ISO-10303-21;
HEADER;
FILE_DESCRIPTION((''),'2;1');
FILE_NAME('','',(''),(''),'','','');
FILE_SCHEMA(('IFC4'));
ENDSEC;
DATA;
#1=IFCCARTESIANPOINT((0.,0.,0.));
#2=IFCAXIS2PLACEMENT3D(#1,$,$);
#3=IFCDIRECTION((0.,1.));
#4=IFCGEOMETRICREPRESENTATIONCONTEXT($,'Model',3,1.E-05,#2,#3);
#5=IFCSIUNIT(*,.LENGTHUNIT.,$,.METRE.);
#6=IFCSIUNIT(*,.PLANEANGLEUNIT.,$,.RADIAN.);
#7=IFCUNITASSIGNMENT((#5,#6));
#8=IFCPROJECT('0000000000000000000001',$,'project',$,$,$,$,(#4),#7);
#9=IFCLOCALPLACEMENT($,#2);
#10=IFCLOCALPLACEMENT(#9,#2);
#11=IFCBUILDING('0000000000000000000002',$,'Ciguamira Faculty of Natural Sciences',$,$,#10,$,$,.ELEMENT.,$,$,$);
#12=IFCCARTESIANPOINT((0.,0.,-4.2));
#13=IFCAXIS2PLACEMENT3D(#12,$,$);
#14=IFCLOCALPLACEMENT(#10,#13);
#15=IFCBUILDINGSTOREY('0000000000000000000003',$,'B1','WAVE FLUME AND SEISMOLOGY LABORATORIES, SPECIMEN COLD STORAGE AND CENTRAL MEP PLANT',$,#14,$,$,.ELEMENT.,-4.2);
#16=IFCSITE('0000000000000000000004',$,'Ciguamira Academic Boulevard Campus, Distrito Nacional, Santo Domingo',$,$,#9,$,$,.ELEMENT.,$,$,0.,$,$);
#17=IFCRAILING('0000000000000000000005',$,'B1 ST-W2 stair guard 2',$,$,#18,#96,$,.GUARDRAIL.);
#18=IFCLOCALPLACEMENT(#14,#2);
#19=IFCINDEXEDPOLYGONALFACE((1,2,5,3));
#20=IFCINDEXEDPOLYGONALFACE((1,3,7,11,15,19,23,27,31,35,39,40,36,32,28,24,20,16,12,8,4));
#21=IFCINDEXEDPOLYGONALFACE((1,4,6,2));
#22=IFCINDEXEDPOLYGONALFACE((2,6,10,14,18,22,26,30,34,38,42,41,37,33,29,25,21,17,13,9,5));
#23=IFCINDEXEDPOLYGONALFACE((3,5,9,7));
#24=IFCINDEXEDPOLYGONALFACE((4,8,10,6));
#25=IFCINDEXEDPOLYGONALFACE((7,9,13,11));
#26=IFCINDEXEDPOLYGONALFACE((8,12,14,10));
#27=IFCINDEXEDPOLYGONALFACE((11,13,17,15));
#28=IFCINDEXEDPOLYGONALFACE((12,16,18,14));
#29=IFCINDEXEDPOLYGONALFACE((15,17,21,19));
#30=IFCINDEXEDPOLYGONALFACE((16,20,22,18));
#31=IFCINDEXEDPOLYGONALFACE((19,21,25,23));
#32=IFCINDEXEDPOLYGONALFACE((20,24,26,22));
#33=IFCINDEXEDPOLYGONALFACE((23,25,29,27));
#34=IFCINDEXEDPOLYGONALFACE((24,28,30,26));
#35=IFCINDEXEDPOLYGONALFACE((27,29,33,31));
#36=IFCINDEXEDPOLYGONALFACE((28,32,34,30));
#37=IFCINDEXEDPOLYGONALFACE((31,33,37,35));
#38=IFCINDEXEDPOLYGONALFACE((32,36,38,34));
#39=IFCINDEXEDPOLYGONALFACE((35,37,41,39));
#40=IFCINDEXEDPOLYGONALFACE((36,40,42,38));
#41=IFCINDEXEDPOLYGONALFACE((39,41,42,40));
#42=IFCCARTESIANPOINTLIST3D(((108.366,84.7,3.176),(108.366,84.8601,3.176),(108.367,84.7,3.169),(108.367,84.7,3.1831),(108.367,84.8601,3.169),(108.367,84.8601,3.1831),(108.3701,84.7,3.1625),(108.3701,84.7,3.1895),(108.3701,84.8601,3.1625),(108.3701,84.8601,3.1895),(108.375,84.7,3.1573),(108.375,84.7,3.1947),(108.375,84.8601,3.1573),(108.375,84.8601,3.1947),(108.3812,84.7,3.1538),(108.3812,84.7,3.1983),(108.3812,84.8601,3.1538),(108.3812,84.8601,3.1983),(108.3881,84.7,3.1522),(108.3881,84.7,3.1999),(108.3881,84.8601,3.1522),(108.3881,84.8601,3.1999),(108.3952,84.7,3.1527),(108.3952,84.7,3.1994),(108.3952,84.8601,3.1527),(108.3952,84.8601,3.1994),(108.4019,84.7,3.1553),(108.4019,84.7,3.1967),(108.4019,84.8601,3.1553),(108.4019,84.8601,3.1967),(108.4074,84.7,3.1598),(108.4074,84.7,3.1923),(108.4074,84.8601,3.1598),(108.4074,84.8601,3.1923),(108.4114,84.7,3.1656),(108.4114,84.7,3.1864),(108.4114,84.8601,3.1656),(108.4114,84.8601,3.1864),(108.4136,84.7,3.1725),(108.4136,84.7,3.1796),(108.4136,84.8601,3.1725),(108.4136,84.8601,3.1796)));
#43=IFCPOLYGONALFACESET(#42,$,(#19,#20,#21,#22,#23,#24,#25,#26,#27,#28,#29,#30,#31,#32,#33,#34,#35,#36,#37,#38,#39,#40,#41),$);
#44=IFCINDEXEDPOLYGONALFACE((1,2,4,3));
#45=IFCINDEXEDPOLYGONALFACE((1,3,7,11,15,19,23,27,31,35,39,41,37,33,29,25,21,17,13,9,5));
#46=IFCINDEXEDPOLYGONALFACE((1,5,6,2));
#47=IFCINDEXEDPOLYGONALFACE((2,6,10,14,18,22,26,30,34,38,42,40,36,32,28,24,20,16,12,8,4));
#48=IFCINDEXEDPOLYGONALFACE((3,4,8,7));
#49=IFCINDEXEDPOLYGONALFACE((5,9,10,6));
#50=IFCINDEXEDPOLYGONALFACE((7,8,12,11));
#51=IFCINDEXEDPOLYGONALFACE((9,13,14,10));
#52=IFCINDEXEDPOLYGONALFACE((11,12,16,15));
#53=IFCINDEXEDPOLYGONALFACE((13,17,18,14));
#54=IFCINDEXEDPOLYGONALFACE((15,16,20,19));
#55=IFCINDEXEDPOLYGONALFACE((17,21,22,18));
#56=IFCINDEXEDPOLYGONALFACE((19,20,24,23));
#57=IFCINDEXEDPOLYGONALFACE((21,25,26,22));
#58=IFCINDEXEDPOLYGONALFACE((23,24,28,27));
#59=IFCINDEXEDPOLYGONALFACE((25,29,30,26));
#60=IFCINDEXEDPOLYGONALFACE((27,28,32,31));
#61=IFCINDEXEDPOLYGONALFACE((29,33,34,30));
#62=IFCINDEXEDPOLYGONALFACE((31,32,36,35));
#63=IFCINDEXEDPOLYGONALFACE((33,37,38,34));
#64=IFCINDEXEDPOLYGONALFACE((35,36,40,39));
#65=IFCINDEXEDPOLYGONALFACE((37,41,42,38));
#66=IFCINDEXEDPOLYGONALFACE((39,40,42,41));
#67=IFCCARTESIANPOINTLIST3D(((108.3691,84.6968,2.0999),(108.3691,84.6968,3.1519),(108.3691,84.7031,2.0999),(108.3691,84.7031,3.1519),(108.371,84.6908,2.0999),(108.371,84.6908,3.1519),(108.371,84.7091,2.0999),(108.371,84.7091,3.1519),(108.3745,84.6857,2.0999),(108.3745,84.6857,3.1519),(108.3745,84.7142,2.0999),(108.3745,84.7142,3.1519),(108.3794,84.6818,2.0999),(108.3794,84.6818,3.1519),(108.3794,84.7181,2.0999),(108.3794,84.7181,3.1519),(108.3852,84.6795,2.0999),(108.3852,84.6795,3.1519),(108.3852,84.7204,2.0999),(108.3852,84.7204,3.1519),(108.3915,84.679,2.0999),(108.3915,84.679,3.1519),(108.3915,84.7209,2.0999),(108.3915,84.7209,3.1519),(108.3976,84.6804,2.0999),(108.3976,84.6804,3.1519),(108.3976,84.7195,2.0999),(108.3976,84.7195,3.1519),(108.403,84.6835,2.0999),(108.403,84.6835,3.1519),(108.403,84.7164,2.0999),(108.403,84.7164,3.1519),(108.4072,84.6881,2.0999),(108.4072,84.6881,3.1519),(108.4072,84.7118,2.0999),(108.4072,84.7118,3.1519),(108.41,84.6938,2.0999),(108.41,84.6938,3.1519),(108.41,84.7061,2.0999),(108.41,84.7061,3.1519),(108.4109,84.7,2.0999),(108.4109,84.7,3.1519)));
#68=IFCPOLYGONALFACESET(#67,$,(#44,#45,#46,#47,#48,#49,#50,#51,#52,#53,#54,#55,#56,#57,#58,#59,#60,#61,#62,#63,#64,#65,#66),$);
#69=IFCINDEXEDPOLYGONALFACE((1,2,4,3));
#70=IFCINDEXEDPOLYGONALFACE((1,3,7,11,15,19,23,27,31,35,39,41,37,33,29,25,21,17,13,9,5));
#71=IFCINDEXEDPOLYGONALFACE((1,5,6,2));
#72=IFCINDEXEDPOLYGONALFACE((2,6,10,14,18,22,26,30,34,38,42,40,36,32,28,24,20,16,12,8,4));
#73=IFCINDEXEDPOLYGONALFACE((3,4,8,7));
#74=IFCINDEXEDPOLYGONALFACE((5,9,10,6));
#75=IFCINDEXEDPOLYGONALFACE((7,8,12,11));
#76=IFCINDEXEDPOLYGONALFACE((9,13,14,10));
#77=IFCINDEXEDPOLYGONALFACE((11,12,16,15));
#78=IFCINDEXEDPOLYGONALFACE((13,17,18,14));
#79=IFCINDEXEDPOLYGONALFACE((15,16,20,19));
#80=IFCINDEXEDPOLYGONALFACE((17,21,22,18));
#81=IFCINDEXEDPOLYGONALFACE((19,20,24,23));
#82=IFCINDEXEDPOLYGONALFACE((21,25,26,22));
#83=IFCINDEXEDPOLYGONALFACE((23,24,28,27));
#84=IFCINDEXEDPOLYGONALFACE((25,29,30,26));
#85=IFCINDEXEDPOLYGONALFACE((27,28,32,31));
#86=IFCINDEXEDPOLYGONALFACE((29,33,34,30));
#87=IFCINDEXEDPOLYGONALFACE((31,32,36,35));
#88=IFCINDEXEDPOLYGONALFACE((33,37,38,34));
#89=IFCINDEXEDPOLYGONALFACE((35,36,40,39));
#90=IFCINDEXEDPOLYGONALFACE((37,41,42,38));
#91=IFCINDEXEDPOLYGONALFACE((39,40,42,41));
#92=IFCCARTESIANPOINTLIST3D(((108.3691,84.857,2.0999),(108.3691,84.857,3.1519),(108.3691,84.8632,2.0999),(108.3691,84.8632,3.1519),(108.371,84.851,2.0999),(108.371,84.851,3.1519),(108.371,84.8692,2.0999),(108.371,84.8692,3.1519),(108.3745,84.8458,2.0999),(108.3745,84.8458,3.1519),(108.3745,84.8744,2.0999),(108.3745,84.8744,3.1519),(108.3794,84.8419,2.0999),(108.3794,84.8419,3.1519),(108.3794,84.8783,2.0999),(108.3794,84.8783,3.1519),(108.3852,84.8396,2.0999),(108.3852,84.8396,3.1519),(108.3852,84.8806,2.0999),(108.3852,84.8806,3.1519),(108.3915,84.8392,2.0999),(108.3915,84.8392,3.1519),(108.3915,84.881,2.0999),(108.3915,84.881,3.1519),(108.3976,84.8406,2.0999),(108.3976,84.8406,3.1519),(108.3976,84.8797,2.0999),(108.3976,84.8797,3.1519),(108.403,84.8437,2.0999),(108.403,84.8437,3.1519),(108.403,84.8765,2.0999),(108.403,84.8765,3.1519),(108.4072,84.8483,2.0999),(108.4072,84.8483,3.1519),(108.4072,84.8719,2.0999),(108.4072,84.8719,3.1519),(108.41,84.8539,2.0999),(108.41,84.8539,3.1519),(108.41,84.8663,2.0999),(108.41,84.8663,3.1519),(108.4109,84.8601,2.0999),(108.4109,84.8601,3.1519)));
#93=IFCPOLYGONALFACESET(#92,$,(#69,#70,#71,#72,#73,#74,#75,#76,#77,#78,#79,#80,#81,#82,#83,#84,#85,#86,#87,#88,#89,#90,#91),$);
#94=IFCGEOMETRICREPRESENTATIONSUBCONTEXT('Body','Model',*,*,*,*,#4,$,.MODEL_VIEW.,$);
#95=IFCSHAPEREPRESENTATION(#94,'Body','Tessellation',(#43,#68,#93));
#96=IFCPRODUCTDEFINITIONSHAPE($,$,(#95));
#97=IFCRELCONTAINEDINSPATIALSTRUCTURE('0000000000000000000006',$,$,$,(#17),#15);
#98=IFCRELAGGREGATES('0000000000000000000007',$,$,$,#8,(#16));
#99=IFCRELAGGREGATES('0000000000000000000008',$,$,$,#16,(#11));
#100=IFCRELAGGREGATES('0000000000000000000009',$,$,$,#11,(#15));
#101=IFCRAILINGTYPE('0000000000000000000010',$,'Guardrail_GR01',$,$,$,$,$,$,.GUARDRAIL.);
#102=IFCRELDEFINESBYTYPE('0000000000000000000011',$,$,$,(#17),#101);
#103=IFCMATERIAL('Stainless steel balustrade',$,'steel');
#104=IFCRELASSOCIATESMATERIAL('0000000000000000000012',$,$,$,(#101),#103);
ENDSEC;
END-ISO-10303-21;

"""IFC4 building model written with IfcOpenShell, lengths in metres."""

from ifc_helpers import new_model, si_unit, direction, frame, origin, origin_2d, place, context, subcontext, project, spatial, circle, extrude, material, type_object, element, save


model = new_model("IFC4")

# Units and contexts
model_context = context("Model", 3, precision=1e-05, world=origin(), true_north=direction((0.0, 1.0)))
body_context = subcontext(model_context, "Body", "Model", "MODEL_VIEW")
ifc_project = project(units=[si_unit("LENGTHUNIT", "METRE"), si_unit("PLANEANGLEUNIT", "RADIAN")], contexts=[model_context])

# Site, building, storey
site_placement = place(None, origin())
site = spatial("IfcSite", under=ifc_project, at=site_placement, Name="Ciguamira Academic Boulevard Campus, Distrito Nacional, Santo Domingo", CompositionType="ELEMENT", RefElevation=0.0)
building_placement = place(site_placement, origin())
building = spatial("IfcBuilding", under=site, at=building_placement, Name="Ciguamira Faculty of Natural Sciences", CompositionType="ELEMENT")
storey_placement = place(building_placement, frame((0.0, 0.0, -4.2)))
storey = spatial("IfcBuildingStorey", under=building, at=storey_placement, Name="B1", Description="WAVE FLUME AND SEISMOLOGY LABORATORIES, SPECIMEN COLD STORAGE AND CENTRAL MEP PLANT", CompositionType="ELEMENT", Elevation=-4.2)

# Railing
ifc_material_1 = material(Name="Stainless steel balustrade", Category="steel")
railing_type_1 = type_object("IfcRailingType", Name="Guardrail_GR01", PredefinedType="GUARDRAIL", material=ifc_material_1)
railing_1_placement = place(storey_placement, frame((108.3899, 84.7, 2.0999)))
element("IfcRailing", 1, at=railing_1_placement, inside=storey, type_object=railing_type_1, Name="B1 ST-W2 stair guard 2", PredefinedType="GUARDRAIL", context=body_context, shape_type="SweptSolid", body=[
    extrude(circle(Radius=0.0239, at=origin_2d()), frame((0.0, 0.0, 1.0762), z_axis=(0.0, 1.0, 0.0), x_axis=(-1.0, 0.0, 0.0)), (0.0, 0.0, 1.0), 0.1602),
    extrude(circle(Radius=0.021, at=origin_2d()), origin(), (0.0, 0.0, 1.0), 1.052),
    extrude(circle(Radius=0.021, at=origin_2d()), frame((0.0, 0.1602, 0.0)), (0.0, 0.0, 1.0), 1.052),
])

save(model, "model.ifc")
